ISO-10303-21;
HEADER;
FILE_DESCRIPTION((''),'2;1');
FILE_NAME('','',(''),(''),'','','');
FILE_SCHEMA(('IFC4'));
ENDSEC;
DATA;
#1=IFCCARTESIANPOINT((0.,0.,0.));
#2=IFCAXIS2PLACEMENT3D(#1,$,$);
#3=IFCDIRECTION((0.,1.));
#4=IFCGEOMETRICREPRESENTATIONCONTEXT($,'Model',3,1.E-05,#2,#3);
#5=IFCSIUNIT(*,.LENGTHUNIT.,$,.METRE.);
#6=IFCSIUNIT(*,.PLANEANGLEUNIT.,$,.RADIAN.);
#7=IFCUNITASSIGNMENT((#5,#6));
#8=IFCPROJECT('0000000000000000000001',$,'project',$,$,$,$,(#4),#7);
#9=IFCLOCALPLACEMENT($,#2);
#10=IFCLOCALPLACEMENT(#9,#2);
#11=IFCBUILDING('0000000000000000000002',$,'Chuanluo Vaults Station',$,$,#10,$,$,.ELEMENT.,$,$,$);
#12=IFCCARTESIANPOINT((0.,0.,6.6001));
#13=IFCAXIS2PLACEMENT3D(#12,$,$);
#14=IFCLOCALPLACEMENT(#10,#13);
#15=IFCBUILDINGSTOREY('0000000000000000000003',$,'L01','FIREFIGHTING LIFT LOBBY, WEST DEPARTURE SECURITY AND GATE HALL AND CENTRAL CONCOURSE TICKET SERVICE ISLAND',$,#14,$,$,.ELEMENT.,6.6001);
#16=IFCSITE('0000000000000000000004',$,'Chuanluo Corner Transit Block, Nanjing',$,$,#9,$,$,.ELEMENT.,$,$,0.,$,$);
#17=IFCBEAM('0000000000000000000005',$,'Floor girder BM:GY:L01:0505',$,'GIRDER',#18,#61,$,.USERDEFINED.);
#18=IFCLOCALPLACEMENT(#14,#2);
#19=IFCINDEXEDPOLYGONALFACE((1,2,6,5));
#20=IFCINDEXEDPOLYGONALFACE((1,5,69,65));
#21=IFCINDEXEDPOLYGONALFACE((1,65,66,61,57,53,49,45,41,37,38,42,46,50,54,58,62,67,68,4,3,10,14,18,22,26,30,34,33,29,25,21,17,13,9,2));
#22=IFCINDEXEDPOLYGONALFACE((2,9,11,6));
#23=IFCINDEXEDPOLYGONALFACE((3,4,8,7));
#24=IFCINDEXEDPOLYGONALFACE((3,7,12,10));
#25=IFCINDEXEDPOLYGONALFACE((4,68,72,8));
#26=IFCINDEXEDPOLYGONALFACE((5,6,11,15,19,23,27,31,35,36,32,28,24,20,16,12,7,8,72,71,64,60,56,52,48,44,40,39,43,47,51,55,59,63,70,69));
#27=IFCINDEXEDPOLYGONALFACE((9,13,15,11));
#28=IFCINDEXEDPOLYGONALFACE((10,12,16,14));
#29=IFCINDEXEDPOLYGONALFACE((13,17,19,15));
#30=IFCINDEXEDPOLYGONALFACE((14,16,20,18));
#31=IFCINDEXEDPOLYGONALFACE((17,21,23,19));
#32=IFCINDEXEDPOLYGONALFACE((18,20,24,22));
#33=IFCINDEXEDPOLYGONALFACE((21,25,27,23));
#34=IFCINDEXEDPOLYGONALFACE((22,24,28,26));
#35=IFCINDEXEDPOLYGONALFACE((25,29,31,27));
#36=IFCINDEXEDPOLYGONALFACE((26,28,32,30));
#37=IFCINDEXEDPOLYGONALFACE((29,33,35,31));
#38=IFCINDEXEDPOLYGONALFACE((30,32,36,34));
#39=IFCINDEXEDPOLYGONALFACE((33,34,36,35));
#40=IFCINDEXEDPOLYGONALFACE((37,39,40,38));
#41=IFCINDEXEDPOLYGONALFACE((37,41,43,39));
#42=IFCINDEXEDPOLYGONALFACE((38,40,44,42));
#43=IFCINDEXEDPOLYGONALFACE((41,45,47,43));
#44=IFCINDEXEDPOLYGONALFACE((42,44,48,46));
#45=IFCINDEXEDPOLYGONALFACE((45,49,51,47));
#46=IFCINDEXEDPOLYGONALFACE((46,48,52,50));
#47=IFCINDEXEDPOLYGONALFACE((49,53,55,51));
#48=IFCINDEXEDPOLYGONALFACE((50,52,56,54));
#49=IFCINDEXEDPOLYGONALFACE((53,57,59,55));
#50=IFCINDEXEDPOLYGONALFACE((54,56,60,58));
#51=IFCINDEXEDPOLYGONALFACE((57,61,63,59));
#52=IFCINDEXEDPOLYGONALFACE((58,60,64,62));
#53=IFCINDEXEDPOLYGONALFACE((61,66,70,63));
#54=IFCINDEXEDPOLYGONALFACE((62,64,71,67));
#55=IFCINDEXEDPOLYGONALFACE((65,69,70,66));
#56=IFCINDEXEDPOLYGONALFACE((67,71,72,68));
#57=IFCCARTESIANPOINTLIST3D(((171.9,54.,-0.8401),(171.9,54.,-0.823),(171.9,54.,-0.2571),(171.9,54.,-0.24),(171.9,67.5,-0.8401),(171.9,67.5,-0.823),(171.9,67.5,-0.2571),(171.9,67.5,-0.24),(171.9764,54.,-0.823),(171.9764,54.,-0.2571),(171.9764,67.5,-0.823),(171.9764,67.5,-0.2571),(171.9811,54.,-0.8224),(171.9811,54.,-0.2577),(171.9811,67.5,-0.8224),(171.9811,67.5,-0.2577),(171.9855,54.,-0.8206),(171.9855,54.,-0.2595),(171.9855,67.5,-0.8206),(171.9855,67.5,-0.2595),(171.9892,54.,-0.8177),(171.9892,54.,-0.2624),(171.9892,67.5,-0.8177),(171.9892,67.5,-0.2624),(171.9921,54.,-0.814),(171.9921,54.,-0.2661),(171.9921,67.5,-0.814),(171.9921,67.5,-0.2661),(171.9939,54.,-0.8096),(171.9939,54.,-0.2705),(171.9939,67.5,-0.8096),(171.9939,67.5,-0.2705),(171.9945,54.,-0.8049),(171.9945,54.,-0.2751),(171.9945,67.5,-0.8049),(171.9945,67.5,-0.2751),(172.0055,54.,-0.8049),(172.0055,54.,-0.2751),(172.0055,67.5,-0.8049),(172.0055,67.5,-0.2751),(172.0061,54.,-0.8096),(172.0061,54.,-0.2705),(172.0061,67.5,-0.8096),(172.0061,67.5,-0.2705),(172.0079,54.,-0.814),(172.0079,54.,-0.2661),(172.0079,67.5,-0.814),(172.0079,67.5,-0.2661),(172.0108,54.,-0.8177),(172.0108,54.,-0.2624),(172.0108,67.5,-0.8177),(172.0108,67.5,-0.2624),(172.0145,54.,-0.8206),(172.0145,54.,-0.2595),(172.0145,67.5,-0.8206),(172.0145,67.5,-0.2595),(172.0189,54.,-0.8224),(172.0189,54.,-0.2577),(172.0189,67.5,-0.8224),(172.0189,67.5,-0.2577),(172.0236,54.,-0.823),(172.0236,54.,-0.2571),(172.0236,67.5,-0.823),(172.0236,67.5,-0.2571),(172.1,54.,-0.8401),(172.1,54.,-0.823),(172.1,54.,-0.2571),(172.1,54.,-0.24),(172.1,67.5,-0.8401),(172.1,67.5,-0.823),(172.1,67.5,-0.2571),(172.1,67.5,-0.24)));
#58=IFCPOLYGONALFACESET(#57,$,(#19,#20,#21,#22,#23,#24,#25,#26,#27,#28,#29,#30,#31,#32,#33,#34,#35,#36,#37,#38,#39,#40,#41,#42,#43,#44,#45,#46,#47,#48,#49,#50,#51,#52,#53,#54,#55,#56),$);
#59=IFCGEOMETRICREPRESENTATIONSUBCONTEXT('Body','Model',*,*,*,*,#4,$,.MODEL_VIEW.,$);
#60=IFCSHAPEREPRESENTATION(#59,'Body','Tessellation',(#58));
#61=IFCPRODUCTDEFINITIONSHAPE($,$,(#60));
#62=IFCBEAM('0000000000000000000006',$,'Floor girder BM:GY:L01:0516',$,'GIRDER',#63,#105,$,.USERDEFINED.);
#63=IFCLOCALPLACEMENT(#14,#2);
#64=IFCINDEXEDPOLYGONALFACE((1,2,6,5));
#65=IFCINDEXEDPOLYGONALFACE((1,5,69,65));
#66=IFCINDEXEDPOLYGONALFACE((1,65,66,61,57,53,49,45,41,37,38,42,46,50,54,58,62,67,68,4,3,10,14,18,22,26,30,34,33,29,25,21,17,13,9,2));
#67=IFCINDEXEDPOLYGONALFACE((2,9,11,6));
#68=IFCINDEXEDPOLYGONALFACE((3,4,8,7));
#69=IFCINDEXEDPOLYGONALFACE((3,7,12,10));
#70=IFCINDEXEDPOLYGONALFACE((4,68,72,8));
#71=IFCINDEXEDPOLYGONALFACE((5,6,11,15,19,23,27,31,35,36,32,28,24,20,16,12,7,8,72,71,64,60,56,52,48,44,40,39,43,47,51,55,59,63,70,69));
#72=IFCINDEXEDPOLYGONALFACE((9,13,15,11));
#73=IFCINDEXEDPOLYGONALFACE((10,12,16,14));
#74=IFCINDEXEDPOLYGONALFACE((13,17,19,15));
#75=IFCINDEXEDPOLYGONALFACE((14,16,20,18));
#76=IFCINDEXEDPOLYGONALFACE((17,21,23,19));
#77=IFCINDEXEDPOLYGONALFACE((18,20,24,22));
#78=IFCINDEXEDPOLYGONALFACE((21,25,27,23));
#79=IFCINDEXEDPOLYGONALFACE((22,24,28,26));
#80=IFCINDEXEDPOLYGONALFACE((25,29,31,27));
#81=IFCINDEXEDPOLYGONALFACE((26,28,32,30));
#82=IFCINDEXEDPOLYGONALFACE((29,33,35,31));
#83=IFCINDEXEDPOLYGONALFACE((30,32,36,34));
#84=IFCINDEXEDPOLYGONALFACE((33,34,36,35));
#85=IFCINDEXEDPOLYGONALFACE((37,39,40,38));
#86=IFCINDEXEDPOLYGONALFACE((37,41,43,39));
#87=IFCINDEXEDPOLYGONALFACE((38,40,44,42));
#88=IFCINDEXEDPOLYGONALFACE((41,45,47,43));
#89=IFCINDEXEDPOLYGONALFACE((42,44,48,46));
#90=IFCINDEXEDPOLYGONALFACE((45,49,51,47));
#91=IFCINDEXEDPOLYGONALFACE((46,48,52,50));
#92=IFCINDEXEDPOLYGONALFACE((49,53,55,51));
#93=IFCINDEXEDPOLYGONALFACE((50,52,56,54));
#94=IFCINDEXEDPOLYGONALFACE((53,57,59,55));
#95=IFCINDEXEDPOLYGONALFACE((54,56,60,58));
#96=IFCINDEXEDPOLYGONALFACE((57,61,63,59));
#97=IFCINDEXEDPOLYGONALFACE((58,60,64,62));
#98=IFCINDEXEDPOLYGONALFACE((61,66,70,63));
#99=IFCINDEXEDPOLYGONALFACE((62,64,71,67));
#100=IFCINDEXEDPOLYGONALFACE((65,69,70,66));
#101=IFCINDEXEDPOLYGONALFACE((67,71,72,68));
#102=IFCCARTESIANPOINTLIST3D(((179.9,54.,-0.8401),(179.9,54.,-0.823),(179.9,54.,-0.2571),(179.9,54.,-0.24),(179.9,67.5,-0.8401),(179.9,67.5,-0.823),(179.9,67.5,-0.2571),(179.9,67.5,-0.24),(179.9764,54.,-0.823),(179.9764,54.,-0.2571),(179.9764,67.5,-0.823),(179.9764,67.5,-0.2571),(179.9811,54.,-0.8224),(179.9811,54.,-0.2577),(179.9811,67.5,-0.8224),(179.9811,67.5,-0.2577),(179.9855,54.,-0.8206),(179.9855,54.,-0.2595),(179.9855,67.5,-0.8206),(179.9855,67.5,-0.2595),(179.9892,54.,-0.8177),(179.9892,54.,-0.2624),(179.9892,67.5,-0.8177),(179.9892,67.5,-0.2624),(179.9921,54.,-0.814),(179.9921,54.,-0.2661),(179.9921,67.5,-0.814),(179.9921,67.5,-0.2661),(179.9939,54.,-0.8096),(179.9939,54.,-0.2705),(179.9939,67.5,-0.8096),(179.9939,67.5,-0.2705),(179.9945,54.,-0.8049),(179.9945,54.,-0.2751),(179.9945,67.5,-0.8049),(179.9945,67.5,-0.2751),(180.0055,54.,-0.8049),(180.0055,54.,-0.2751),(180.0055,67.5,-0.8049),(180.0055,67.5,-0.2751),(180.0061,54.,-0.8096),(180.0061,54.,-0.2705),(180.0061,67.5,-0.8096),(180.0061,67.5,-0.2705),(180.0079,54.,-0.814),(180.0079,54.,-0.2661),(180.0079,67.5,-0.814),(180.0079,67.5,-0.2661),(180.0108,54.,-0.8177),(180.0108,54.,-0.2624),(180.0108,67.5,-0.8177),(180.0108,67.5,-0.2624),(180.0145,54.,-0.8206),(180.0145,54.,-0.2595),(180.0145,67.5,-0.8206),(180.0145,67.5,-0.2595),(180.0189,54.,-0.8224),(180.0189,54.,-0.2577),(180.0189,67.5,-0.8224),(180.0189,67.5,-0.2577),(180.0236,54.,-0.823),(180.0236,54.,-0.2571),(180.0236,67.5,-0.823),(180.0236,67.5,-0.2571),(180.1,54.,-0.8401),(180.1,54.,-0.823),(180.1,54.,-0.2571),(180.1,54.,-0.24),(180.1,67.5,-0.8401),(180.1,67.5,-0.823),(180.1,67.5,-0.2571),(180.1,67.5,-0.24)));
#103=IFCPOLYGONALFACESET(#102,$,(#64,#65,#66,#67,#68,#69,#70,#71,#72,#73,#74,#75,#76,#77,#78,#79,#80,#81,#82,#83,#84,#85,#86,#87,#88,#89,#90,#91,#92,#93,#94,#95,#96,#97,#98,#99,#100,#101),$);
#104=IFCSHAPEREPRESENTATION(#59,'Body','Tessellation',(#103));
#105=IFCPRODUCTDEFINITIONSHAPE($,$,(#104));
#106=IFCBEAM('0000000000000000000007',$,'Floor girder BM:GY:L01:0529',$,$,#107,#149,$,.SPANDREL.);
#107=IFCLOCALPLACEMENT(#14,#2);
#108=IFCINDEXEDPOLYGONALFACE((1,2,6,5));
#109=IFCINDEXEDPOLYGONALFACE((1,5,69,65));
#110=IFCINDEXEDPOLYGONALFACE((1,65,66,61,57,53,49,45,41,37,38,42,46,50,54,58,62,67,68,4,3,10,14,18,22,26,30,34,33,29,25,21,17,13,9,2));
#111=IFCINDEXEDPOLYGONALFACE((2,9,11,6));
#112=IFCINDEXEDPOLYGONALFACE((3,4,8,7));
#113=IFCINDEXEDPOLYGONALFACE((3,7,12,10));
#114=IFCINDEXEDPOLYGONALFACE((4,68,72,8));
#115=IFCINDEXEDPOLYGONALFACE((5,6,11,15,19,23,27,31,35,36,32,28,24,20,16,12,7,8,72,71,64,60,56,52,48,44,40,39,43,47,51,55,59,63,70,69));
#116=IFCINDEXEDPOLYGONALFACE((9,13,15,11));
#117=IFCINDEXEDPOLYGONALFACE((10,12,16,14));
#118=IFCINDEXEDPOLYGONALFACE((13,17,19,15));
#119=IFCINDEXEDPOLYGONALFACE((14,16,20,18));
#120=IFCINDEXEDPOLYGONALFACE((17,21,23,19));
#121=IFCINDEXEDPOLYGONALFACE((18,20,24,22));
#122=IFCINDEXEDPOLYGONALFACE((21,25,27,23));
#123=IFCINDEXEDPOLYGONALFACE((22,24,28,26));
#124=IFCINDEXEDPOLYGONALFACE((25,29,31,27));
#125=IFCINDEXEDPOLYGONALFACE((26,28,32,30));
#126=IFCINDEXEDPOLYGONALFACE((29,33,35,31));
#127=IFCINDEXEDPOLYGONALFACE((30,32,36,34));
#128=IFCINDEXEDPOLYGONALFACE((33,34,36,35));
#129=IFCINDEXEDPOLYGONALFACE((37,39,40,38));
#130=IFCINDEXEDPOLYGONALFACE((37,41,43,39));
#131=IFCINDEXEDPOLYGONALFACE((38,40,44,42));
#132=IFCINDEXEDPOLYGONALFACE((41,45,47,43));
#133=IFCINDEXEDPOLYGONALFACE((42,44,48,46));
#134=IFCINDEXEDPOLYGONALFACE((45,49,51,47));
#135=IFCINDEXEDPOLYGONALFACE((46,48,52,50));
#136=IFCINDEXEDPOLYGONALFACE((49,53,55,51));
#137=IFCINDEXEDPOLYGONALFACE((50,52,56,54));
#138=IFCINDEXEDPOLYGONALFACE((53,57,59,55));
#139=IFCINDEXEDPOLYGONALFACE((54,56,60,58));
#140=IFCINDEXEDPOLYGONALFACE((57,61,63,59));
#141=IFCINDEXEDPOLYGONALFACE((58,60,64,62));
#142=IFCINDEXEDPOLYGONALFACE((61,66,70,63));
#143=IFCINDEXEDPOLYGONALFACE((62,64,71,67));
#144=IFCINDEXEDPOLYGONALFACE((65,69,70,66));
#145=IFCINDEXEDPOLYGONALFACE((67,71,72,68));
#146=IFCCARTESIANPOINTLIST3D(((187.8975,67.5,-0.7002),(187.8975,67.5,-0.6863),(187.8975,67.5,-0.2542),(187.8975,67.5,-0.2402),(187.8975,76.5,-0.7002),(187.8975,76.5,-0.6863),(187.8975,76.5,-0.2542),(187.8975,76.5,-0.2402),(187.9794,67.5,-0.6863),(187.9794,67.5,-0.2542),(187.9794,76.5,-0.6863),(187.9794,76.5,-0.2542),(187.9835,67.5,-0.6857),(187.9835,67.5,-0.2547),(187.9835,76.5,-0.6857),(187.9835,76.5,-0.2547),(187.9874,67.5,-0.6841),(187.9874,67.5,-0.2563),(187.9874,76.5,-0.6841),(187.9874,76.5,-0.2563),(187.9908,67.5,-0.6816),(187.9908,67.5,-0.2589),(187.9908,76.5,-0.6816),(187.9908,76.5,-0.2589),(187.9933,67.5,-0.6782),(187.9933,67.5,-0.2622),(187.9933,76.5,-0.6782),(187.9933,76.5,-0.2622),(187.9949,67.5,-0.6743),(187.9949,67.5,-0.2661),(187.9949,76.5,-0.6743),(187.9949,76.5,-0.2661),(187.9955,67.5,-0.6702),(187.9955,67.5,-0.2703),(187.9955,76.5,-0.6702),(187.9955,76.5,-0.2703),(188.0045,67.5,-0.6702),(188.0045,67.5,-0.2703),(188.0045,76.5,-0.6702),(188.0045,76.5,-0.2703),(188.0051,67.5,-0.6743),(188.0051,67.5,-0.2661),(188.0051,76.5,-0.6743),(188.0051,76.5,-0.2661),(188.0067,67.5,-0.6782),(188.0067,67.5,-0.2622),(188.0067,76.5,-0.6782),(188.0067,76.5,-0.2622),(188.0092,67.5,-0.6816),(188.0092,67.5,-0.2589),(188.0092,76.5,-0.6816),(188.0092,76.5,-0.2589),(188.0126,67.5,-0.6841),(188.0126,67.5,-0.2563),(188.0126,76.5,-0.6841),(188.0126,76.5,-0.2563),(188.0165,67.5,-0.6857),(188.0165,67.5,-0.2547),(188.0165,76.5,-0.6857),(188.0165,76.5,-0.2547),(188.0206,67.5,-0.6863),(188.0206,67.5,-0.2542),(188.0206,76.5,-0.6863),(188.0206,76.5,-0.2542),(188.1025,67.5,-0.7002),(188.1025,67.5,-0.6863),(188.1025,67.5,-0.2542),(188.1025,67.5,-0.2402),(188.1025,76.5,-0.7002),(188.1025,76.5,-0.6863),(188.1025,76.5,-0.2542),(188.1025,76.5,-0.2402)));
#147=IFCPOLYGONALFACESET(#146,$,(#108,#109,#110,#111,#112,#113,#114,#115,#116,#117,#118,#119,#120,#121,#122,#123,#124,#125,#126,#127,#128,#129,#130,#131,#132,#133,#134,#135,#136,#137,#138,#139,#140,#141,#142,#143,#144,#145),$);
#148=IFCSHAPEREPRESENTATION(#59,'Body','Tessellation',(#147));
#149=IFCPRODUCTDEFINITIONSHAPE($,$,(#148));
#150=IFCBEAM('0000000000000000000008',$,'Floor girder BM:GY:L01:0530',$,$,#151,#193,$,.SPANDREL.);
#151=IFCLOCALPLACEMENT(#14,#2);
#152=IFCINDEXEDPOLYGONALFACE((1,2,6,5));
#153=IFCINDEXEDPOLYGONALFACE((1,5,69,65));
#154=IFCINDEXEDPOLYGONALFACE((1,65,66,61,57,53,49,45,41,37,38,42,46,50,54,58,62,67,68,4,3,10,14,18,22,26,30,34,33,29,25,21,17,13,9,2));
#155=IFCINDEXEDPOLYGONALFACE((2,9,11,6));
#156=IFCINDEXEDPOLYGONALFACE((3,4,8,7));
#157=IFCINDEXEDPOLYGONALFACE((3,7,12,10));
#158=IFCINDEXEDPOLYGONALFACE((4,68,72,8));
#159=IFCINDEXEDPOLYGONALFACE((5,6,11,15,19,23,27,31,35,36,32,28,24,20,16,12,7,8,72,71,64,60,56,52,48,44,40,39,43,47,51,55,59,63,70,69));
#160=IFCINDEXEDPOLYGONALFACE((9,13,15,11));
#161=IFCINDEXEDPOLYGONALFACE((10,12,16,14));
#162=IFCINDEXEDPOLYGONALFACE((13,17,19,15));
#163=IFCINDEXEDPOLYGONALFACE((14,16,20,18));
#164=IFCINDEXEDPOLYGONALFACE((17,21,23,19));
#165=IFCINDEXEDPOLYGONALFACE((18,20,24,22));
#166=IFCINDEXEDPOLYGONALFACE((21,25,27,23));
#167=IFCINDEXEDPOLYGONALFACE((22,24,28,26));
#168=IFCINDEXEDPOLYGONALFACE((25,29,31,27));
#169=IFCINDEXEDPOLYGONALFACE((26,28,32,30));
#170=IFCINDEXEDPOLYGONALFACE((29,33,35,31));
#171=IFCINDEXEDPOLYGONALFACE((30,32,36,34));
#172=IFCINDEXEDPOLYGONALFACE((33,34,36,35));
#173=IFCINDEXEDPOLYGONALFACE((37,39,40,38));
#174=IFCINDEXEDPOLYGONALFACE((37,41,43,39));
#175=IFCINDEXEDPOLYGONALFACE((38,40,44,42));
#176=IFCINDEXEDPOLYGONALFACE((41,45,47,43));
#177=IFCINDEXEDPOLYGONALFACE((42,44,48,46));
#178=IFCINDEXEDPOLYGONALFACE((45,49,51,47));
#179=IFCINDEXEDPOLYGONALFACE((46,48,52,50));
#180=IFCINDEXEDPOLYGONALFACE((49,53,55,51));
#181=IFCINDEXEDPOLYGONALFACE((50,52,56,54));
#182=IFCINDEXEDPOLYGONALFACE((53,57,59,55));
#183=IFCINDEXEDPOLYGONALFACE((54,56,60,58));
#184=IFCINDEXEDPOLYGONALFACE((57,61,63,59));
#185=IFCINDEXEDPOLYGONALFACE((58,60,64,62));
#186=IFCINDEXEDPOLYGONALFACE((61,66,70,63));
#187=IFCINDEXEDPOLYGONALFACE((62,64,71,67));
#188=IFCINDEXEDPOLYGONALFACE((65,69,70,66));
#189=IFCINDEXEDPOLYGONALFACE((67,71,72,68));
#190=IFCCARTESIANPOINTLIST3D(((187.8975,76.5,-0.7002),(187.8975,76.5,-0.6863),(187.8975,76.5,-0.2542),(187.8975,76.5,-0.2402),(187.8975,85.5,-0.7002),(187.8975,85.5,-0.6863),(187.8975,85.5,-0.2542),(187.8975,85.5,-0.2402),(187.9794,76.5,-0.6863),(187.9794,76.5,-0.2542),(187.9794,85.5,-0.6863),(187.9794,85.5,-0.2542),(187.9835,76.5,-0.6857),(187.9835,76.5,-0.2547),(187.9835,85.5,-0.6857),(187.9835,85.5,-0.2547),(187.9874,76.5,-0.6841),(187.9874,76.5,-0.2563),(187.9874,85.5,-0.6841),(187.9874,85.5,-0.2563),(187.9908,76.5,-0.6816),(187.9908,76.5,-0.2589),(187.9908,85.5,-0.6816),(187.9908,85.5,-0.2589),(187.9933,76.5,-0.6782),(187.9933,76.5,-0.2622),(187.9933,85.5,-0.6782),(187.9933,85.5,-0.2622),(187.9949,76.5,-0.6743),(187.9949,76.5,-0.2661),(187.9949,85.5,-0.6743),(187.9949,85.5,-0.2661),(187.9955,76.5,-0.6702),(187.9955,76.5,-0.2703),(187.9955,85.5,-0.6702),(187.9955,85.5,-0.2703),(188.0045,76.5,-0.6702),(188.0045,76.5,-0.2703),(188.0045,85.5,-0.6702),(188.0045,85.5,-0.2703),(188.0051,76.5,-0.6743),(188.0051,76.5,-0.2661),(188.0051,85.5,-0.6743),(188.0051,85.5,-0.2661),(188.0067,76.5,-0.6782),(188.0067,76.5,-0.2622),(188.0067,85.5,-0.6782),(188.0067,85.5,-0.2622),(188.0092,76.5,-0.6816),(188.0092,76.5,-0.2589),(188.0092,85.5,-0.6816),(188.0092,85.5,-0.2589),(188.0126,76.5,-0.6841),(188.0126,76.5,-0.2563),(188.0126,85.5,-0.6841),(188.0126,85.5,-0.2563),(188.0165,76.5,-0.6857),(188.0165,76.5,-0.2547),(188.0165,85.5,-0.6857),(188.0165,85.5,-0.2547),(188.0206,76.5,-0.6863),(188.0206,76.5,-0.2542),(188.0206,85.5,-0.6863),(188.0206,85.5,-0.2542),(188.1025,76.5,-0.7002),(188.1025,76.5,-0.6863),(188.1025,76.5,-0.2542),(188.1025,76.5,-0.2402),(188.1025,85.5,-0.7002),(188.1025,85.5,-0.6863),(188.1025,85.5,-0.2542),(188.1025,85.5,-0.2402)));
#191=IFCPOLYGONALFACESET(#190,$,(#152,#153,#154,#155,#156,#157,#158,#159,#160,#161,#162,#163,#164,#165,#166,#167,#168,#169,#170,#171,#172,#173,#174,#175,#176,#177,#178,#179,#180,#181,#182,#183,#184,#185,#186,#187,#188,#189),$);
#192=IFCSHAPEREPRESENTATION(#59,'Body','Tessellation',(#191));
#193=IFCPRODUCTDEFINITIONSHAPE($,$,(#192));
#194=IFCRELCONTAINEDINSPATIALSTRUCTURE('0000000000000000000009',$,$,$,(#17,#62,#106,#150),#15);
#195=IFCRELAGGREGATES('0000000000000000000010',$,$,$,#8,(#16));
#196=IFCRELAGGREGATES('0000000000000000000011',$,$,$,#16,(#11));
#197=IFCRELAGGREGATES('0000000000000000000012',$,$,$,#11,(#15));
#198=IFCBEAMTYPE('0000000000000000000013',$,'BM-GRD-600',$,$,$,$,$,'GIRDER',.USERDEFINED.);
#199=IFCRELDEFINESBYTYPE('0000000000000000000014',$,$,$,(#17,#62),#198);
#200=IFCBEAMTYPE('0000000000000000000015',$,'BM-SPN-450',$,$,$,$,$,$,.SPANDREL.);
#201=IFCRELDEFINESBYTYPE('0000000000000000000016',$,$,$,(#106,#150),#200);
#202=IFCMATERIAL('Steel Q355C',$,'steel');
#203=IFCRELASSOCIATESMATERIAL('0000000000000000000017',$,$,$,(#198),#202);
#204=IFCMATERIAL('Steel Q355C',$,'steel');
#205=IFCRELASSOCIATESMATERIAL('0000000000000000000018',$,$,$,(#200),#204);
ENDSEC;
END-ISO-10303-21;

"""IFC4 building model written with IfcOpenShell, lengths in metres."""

from ifc_helpers import new_model, si_unit, direction, frame, origin, origin_2d, place, context, subcontext, project, spatial, i_section, extrude, material, material_profile, profile_set, type_object, element, save


model = new_model("IFC4")

# Units and contexts
model_context = context("Model", 3, precision=1e-05, world=origin(), true_north=direction((0.0, 1.0)))
body_context = subcontext(model_context, "Body", "Model", "MODEL_VIEW")
ifc_project = project(units=[si_unit("LENGTHUNIT", "METRE"), si_unit("PLANEANGLEUNIT", "RADIAN")], contexts=[model_context])

# Site, building, storey
site_placement = place(None, origin())
site = spatial("IfcSite", under=ifc_project, at=site_placement, Name="Chuanluo Corner Transit Block, Nanjing", CompositionType="ELEMENT", RefElevation=0.0)
building_placement = place(site_placement, origin())
building = spatial("IfcBuilding", under=site, at=building_placement, Name="Chuanluo Vaults Station", CompositionType="ELEMENT")
storey_placement = place(building_placement, frame((0.0, 0.0, 6.6001)))
storey = spatial("IfcBuildingStorey", under=building, at=storey_placement, Name="L01", Description="FIREFIGHTING LIFT LOBBY, WEST DEPARTURE SECURITY AND GATE HALL AND CENTRAL CONCOURSE TICKET SERVICE ISLAND", CompositionType="ELEMENT", Elevation=6.6001)

# Beams
ifc_material_1 = material(Name="Steel Q355C", Category="steel")
ifc_material_profile_1 = material_profile(ifc_material_1, i_section(OverallWidth=0.2, OverallDepth=0.6001, WebThickness=0.011, FlangeThickness=0.0171, FilletRadius=0.0181, at=origin_2d()))
ifc_profile_set_1 = profile_set([ifc_material_profile_1], Name="Steel Q355C")
beam_type_1 = type_object("IfcBeamType", Name="BM-GRD-600", ElementType="GIRDER", PredefinedType="USERDEFINED", material=ifc_profile_set_1)
for number, where, z_axis, x_axis, name in (
    (1, (172.0, 54.0, -0.54), (0.0, 1.0, 0.0), (-1.0, 0.0, 0.0), "Floor girder BM:GY:L01:0505"),
    (2, (180.0, 54.0, -0.54), (0.0, 1.0, 0.0), (-1.0, 0.0, 0.0), "Floor girder BM:GY:L01:0516"),
):
    element("IfcBeam", number, at=place(storey_placement, frame(where, z_axis=z_axis, x_axis=x_axis)), inside=storey, type_object=beam_type_1, Name=name, ObjectType="GIRDER", PredefinedType="USERDEFINED", context=body_context, shape_type="SweptSolid", body=[
        extrude(i_section(OverallWidth=0.2, OverallDepth=0.6001, WebThickness=0.011, FlangeThickness=0.0171, FilletRadius=0.0181, at=origin_2d()), origin(), (0.0, 0.0, 1.0), 13.5),
    ])
ifc_material_2 = material(Name="Steel Q355C", Category="steel")
ifc_material_profile_2 = material_profile(ifc_material_2, i_section(OverallWidth=0.2051, OverallDepth=0.46, WebThickness=0.009, FlangeThickness=0.0139, FilletRadius=0.0161, at=origin_2d()))
ifc_profile_set_2 = profile_set([ifc_material_profile_2], Name="Steel Q355C")
beam_type_2 = type_object("IfcBeamType", Name="BM-SPN-450", PredefinedType="SPANDREL", material=ifc_profile_set_2)
for number, where, z_axis, x_axis, name in (
    (3, (188.0, 67.5, -0.4702), (0.0, 1.0, 0.0), (-1.0, 0.0, 0.0), "Floor girder BM:GY:L01:0529"),
    (4, (188.0, 76.5, -0.4702), (0.0, 1.0, 0.0), (-1.0, 0.0, 0.0), "Floor girder BM:GY:L01:0530"),
):
    element("IfcBeam", number, at=place(storey_placement, frame(where, z_axis=z_axis, x_axis=x_axis)), inside=storey, type_object=beam_type_2, Name=name, PredefinedType="SPANDREL", context=body_context, shape_type="SweptSolid", body=[
        extrude(i_section(OverallWidth=0.2051, OverallDepth=0.46, WebThickness=0.009, FlangeThickness=0.0139, FilletRadius=0.0161, at=origin_2d()), origin(), (0.0, 0.0, 1.0), 9.0),
    ])

save(model, "model.ifc")
